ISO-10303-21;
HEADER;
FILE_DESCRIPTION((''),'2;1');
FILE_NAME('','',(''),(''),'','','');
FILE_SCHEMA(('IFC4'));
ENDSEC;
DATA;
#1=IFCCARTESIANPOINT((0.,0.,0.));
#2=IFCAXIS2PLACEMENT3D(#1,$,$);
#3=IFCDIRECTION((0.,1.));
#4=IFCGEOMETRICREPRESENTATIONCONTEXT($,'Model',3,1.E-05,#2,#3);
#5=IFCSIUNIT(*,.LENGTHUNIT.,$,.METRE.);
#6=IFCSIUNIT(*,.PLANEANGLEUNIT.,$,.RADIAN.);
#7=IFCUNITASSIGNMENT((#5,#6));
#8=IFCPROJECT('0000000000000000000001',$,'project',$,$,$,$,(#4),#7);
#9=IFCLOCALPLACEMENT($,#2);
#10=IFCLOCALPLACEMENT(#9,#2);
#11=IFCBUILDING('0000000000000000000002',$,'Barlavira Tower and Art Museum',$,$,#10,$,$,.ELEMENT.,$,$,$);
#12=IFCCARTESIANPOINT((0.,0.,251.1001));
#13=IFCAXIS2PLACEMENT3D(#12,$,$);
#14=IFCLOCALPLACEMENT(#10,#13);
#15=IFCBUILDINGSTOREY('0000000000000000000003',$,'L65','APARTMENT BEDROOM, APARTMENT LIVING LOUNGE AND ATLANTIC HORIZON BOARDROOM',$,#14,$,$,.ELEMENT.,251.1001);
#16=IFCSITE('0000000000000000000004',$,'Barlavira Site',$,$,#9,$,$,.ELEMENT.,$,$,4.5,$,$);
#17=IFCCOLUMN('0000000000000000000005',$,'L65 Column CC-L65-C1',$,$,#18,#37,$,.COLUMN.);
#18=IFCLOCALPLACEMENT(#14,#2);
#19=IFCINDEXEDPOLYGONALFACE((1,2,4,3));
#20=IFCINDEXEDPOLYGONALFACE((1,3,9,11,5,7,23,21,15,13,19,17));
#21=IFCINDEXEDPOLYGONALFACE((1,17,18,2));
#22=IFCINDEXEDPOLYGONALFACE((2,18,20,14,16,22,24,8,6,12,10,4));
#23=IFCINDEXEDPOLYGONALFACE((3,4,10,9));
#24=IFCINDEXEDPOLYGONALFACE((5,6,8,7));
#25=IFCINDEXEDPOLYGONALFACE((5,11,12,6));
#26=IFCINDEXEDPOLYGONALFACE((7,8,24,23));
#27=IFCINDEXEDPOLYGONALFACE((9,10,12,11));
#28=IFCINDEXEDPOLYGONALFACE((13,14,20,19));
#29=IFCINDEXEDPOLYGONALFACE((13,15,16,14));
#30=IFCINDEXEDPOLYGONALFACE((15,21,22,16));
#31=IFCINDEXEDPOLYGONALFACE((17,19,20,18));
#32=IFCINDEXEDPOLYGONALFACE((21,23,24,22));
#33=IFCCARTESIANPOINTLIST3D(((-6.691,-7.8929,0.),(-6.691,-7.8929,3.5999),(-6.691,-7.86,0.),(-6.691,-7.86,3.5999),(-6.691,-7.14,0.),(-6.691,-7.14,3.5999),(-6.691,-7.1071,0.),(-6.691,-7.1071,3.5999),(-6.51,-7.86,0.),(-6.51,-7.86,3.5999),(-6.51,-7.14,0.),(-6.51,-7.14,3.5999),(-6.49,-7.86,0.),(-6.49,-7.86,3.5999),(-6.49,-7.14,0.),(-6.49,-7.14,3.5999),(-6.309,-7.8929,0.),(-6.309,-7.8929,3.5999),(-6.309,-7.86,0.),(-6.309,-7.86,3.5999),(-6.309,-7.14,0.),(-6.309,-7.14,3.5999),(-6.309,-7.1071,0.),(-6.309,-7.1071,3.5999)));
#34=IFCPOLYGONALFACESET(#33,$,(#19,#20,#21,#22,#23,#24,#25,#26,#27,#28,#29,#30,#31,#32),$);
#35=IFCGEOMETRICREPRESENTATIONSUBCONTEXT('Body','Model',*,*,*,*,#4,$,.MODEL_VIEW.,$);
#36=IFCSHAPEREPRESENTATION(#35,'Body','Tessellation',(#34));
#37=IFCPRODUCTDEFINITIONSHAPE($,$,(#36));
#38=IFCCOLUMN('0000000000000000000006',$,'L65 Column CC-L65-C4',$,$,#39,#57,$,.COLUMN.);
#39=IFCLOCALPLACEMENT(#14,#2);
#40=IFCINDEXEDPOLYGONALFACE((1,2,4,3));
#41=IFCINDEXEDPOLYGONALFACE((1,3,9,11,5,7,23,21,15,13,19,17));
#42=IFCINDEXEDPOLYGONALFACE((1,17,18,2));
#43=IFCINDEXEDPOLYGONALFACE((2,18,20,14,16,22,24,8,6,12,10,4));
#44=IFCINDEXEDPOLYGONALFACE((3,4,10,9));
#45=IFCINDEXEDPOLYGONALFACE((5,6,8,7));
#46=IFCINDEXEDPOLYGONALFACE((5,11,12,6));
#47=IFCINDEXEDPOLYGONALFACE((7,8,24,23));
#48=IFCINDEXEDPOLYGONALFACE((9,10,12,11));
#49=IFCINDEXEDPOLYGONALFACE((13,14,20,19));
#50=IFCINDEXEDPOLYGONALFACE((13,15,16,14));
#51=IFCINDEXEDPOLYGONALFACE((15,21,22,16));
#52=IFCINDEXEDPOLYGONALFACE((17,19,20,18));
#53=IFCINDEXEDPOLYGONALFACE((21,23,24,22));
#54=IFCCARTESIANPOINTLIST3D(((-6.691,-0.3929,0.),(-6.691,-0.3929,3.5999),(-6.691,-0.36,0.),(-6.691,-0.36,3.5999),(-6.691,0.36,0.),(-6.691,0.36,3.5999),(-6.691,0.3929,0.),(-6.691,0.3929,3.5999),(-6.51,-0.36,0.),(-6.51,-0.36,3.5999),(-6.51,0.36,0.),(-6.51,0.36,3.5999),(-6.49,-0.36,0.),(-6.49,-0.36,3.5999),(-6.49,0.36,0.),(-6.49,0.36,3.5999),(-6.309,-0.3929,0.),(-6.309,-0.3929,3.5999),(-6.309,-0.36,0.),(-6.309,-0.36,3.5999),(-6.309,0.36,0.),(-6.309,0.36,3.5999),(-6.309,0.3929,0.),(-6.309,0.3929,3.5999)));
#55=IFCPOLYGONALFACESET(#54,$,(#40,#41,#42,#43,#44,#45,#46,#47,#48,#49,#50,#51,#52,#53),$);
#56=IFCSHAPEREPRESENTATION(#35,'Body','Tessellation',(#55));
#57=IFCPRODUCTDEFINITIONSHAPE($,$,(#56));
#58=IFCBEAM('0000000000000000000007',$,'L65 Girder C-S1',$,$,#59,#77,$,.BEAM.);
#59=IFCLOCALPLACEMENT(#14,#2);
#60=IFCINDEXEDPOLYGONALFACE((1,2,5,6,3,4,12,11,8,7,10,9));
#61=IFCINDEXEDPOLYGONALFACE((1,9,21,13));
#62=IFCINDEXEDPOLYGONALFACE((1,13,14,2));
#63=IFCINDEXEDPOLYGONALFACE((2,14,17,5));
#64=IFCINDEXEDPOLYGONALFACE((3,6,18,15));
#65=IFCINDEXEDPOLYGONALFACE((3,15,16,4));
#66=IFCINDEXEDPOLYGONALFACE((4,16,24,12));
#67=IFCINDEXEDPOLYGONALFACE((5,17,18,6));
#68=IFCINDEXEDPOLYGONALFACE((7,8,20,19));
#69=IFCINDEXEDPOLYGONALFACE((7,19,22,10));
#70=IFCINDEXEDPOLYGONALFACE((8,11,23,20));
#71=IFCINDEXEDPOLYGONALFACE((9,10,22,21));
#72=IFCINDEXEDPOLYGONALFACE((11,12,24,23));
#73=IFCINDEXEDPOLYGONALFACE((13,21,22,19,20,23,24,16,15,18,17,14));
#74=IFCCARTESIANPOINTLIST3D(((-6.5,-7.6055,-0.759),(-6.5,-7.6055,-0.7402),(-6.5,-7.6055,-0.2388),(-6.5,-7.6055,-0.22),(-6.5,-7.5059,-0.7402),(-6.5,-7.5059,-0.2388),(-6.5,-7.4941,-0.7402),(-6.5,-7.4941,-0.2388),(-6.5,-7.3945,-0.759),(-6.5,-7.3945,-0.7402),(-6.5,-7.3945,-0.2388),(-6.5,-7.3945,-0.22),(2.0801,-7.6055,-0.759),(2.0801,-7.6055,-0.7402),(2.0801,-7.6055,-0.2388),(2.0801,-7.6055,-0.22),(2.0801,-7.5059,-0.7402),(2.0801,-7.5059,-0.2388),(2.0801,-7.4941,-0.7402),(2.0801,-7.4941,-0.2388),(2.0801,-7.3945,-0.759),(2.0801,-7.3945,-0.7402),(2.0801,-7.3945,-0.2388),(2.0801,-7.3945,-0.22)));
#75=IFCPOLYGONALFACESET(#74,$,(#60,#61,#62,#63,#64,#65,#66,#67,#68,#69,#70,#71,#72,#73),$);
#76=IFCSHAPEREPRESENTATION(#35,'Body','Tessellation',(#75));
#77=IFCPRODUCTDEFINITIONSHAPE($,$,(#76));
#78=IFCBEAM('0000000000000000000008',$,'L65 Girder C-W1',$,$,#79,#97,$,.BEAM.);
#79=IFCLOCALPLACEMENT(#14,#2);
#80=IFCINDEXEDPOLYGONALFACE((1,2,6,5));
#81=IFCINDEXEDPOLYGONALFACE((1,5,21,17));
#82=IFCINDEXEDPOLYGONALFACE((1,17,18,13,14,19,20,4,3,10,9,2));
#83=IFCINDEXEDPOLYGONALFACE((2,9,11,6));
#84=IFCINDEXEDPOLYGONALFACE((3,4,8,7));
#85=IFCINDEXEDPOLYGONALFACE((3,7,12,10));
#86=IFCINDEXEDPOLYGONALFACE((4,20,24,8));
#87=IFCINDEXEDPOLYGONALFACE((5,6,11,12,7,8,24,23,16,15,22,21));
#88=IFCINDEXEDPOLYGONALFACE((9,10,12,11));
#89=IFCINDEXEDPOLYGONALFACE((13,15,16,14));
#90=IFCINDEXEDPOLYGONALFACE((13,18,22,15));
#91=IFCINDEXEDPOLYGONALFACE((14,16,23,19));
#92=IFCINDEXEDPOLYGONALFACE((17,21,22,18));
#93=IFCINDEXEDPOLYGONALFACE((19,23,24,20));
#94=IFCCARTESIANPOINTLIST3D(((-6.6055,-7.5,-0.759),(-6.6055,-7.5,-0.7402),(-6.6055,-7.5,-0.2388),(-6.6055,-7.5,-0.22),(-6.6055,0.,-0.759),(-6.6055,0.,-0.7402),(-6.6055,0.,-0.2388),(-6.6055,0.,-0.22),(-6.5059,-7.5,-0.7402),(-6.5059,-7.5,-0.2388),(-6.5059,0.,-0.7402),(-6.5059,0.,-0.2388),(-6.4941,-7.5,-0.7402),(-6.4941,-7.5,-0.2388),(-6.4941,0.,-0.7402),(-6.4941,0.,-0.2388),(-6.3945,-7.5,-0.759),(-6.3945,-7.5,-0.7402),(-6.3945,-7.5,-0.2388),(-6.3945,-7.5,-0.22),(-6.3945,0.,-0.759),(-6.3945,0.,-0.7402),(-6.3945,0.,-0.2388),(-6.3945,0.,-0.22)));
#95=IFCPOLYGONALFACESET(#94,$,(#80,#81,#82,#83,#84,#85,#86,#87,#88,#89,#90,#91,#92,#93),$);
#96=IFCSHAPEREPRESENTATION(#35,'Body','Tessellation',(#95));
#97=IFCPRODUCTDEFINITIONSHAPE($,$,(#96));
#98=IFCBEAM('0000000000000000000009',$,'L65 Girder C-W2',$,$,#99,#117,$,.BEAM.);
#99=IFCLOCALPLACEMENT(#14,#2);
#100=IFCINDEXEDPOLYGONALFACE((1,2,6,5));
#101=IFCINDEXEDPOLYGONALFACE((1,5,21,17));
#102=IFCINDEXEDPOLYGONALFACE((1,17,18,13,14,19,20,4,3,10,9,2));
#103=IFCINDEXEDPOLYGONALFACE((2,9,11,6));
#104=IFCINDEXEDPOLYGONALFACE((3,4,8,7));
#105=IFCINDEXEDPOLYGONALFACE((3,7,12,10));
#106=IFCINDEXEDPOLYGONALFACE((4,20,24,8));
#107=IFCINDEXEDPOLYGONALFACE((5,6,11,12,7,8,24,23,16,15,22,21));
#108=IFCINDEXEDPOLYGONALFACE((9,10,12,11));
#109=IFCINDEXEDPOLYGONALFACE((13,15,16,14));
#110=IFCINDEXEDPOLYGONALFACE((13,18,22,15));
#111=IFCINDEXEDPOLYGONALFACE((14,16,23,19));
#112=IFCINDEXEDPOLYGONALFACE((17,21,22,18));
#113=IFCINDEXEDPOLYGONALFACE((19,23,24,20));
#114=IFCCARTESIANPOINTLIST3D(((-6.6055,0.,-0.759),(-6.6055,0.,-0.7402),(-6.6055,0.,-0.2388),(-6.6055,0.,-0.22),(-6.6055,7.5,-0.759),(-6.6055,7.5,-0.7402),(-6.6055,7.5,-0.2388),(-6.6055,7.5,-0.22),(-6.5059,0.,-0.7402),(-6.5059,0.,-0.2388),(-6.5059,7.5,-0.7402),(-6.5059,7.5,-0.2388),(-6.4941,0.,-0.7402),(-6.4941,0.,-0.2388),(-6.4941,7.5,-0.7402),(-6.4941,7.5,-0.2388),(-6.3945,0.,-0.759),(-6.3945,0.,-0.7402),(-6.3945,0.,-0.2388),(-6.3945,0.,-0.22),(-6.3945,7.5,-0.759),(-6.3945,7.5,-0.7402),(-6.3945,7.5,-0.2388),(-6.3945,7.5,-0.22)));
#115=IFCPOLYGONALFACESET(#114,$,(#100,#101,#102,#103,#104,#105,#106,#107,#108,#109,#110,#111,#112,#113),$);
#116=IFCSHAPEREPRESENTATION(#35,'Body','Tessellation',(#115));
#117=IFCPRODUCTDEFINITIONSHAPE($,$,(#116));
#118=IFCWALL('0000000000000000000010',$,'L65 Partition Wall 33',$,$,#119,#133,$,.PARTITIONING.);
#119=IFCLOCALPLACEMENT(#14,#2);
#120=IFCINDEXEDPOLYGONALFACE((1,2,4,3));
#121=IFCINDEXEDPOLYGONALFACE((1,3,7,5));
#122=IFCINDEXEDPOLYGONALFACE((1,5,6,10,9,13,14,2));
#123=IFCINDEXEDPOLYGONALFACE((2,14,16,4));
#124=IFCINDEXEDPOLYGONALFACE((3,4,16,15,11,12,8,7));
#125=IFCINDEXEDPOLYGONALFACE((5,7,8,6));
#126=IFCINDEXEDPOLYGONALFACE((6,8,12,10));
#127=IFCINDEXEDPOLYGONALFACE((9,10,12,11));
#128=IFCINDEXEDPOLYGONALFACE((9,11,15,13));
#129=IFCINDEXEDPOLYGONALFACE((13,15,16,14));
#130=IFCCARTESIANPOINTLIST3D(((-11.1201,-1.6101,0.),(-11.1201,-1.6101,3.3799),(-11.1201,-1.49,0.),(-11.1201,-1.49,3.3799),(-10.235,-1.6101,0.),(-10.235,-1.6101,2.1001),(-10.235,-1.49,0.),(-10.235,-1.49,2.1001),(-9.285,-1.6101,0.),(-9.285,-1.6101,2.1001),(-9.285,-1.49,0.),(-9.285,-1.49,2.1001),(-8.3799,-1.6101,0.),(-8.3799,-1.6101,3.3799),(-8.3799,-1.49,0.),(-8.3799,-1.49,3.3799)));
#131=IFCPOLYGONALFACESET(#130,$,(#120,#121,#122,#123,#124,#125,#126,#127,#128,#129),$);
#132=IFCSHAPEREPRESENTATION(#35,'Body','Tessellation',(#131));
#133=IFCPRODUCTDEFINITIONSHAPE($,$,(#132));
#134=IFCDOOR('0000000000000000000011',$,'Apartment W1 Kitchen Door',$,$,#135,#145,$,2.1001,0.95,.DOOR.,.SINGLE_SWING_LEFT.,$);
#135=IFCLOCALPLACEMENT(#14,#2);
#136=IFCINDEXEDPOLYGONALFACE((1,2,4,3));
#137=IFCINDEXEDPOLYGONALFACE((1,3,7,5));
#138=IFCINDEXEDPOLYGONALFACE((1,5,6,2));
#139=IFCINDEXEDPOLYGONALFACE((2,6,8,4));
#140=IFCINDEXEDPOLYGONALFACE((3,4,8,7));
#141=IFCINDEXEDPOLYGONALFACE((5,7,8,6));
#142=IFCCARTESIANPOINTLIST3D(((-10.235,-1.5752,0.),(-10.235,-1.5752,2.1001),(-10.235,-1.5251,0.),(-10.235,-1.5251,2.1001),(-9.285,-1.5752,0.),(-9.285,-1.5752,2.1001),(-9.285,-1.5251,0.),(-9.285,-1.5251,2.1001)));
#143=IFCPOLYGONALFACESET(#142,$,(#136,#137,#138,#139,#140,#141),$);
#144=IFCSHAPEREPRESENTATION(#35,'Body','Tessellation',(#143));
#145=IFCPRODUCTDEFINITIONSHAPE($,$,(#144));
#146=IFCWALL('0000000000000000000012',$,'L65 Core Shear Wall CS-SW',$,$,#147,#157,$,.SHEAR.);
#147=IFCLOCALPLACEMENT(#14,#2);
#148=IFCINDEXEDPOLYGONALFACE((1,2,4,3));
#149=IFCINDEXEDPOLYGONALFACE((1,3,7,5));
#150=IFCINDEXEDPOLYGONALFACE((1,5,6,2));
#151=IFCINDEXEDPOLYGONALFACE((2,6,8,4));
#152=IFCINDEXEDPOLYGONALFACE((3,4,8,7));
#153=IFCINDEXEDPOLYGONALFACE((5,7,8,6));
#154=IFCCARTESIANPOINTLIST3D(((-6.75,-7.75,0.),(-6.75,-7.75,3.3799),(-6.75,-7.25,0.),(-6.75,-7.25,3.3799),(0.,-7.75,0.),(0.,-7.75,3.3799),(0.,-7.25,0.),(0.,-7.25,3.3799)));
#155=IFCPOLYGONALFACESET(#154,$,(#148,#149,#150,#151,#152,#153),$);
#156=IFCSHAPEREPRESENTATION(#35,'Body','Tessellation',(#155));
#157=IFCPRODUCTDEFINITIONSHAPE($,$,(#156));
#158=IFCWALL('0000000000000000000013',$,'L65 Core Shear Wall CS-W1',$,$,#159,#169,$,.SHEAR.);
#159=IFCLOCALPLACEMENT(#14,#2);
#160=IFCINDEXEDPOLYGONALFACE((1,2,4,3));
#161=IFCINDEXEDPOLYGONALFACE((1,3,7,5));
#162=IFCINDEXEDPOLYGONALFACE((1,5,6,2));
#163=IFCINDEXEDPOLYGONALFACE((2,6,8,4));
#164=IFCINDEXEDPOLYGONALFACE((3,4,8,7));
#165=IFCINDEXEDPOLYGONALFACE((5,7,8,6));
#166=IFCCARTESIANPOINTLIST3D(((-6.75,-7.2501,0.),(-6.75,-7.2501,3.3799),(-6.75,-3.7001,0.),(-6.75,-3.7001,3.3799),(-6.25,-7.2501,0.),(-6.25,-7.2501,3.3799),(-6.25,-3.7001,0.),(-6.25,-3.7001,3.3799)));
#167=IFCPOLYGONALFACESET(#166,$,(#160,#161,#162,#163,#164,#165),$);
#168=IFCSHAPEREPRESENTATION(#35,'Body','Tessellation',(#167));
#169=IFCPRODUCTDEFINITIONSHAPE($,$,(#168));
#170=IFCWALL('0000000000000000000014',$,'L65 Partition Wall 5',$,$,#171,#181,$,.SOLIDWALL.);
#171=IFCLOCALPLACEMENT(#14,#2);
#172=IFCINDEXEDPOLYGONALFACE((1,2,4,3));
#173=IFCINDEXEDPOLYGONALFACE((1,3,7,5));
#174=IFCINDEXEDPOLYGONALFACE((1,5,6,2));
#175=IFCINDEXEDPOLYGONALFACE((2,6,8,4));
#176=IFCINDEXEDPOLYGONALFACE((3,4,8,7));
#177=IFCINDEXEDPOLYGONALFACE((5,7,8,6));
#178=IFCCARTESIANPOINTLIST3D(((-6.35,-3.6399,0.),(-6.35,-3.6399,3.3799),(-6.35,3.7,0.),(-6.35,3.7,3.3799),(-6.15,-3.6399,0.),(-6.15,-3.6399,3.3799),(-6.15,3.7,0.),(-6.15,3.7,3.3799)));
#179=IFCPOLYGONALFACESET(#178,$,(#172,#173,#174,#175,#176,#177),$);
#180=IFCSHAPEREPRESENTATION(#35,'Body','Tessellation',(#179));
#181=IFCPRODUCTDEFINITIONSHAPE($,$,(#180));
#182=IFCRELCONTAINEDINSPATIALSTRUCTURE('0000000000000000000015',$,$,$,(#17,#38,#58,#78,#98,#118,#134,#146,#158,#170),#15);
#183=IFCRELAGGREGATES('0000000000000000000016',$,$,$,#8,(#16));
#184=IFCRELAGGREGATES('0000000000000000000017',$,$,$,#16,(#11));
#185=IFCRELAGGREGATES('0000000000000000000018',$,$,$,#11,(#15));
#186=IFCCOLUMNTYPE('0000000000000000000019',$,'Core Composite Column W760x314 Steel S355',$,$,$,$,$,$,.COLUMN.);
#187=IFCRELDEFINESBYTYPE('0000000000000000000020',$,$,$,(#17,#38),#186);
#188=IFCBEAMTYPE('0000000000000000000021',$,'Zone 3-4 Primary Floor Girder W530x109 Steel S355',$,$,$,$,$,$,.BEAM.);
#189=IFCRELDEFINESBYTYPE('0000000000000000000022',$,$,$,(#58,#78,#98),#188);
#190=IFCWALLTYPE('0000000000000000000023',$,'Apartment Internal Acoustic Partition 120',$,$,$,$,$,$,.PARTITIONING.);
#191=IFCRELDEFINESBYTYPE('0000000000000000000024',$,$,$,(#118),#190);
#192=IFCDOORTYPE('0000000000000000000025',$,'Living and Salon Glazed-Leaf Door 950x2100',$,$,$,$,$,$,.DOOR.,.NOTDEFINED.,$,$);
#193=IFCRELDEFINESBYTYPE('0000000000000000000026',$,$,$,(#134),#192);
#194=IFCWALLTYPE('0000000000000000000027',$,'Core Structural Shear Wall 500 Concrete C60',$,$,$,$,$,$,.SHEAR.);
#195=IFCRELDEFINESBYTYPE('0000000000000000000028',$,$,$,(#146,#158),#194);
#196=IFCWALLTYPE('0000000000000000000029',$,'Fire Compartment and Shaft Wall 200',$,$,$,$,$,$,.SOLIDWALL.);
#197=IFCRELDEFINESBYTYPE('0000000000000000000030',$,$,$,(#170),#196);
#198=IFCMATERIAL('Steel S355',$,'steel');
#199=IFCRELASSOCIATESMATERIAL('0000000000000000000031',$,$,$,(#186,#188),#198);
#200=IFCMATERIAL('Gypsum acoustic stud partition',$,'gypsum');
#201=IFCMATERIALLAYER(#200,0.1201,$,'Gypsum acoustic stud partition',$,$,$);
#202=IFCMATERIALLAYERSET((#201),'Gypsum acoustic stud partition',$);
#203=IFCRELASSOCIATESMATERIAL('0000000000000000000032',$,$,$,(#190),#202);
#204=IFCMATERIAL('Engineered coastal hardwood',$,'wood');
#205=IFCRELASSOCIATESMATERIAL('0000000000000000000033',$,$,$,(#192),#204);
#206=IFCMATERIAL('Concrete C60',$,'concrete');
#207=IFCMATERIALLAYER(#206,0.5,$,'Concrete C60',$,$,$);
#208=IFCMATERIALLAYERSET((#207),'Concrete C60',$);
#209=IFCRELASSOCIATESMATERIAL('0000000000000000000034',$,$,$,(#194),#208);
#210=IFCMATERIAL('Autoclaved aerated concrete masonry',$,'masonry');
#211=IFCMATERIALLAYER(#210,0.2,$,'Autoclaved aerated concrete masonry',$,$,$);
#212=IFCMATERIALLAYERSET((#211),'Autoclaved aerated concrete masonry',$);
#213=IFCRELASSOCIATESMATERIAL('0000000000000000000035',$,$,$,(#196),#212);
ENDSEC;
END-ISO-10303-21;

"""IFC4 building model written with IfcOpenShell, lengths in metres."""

from ifc_helpers import new_model, si_unit, direction, frame, frame_2d, origin, origin_2d, place, context, subcontext, project, spatial, rectangle, i_section, extrude, material, layer, layer_set, material_profile, profile_set, type_object, element, fill, save


model = new_model("IFC4")

# Units and contexts
model_context = context("Model", 3, precision=1e-05, world=origin(), true_north=direction((0.0, 1.0)))
body_context = subcontext(model_context, "Body", "Model", "MODEL_VIEW")
ifc_project = project(units=[si_unit("LENGTHUNIT", "METRE"), si_unit("PLANEANGLEUNIT", "RADIAN")], contexts=[model_context])

# Site, building, storey
site_placement = place(None, origin())
site = spatial("IfcSite", under=ifc_project, at=site_placement, Name="Barlavira Site", CompositionType="ELEMENT", RefElevation=4.5)
building_placement = place(site_placement, origin())
building = spatial("IfcBuilding", under=site, at=building_placement, Name="Barlavira Tower and Art Museum", CompositionType="ELEMENT")
storey_placement = place(building_placement, frame((0.0, 0.0, 251.1001)))
storey = spatial("IfcBuildingStorey", under=building, at=storey_placement, Name="L65", Description="APARTMENT BEDROOM, APARTMENT LIVING LOUNGE AND ATLANTIC HORIZON BOARDROOM", CompositionType="ELEMENT", Elevation=251.1001)

# Columns
ifc_material_1 = material(Name="Steel S355", Category="steel")
ifc_material_profile_1 = material_profile(ifc_material_1, i_section(OverallWidth=0.3821, OverallDepth=0.7859, WebThickness=0.02, FlangeThickness=0.033, at=origin_2d()), Name="W760x314.0")
ifc_profile_set_1 = profile_set([ifc_material_profile_1], Name="Steel S355")
column_type = type_object("IfcColumnType", Name="Core Composite Column W760x314 Steel S355", PredefinedType="COLUMN", material=ifc_profile_set_1)
for number, where, z_axis, x_axis, name in (
    (1, (-6.5, -7.5, 0.0), (0.0, 0.0, 1.0), (1.0, 0.0, 0.0), "L65 Column CC-L65-C1"),
    (2, (-6.5, 0.0, 0.0), (0.0, 0.0, 1.0), (1.0, 0.0, 0.0), "L65 Column CC-L65-C4"),
):
    element("IfcColumn", number, at=place(storey_placement, frame(where, z_axis=z_axis, x_axis=x_axis)), inside=storey, type_object=column_type, Name=name, PredefinedType="COLUMN", context=body_context, shape_type="SweptSolid", body=[
        extrude(i_section(OverallWidth=0.3821, OverallDepth=0.7859, WebThickness=0.02, FlangeThickness=0.033, at=origin_2d()), origin(), (0.0, 0.0, 1.0), 3.5999),
    ])

# Beams
ifc_material_profile_2 = material_profile(ifc_material_1, i_section(OverallWidth=0.2109, OverallDepth=0.5391, WebThickness=0.0117, FlangeThickness=0.0188, at=origin_2d()), Name="W530x109.0")
ifc_profile_set_2 = profile_set([ifc_material_profile_2], Name="Steel S355")
beam_type = type_object("IfcBeamType", Name="Zone 3-4 Primary Floor Girder W530x109 Steel S355", PredefinedType="BEAM", material=ifc_profile_set_2)
beam_placement = place(storey_placement, frame((-6.5, -7.5, -0.4895), z_axis=(1.0, 0.0, 0.0), x_axis=(0.0, 1.0, 0.0)))
element("IfcBeam", 3, at=beam_placement, inside=storey, type_object=beam_type, Name="L65 Girder C-S1", PredefinedType="BEAM", context=body_context, shape_type="SweptSolid", body=[
    extrude(i_section(OverallWidth=0.2109, OverallDepth=0.5391, WebThickness=0.0117, FlangeThickness=0.0188, at=origin_2d()), origin(), (0.0, 0.0, 1.0), 8.5801),
])
for number, where, z_axis, x_axis, name in (
    (4, (-6.5, -7.5, -0.4895), (0.0, 1.0, 0.0), (-1.0, 0.0, 0.0), "L65 Girder C-W1"),
    (5, (-6.5, 0.0, -0.4895), (0.0, 1.0, 0.0), (-1.0, 0.0, 0.0), "L65 Girder C-W2"),
):
    element("IfcBeam", number, at=place(storey_placement, frame(where, z_axis=z_axis, x_axis=x_axis)), inside=storey, type_object=beam_type, Name=name, PredefinedType="BEAM", context=body_context, shape_type="SweptSolid", body=[
        extrude(i_section(OverallWidth=0.2109, OverallDepth=0.5391, WebThickness=0.0117, FlangeThickness=0.0188, at=origin_2d()), origin(), (0.0, 0.0, 1.0), 7.5),
    ])

# Wall, opening, door
ifc_material_2 = material(Name="Gypsum acoustic stud partition", Category="gypsum")
ifc_layer_1 = layer(ifc_material_2, 0.1201, Name="Gypsum acoustic stud partition")
ifc_layer_set_1 = layer_set([ifc_layer_1], Name="Gypsum acoustic stud partition")
wall_type_1 = type_object("IfcWallType", Name="Apartment Internal Acoustic Partition 120", PredefinedType="PARTITIONING", material=ifc_layer_set_1)
wall_1_placement = place(storey_placement, frame((-11.1201, -1.55, 0.0), z_axis=(0.0, 0.0, 1.0), x_axis=(1.0, 0.0, 0.0)))
wall_1 = element("IfcWall", 6, at=wall_1_placement, inside=storey, type_object=wall_type_1, Name="L65 Partition Wall 33", PredefinedType="PARTITIONING", context=body_context, shape_type="SweptSolid", body=[
    extrude(rectangle(XDim=2.7402, YDim=0.1201, at=frame_2d((1.3701, 0.0))), origin(), (0.0, 0.0, 1.0), 3.3799),
])
opening_1_placement = place(wall_1_placement, frame((0.885, 0.0, 0.0)))
opening_1 = element("IfcOpeningElement", 7, at=opening_1_placement, cuts=wall_1, PredefinedType="OPENING", context=body_context, shape_type="SweptSolid", body=[
    extrude(rectangle(XDim=0.95, YDim=2.1001, at=frame_2d((0.4751, 1.05))), frame((0.0, 0.0701, 0.0), z_axis=(0.0, -1.0, 0.0), x_axis=(1.0, 0.0, 0.0)), (0.0, 0.0, 1.0), 0.1401),
])
ifc_material_3 = material(Name="Engineered coastal hardwood", Category="wood")
door_type_1 = type_object("IfcDoorType", Name="Living and Salon Glazed-Leaf Door 950x2100", OperationType="NOTDEFINED", PredefinedType="DOOR", material=ifc_material_3)
door_1_placement = place(opening_1_placement, origin())
door_1 = element("IfcDoor", 8, at=door_1_placement, inside=storey, type_object=door_type_1, Name="Apartment W1 Kitchen Door", OperationType="SINGLE_SWING_LEFT", OverallHeight=2.1001, OverallWidth=0.95, PredefinedType="DOOR", context=body_context, shape_type="SweptSolid", body=[
    extrude(rectangle(XDim=0.95, YDim=2.1001, at=frame_2d((0.4751, 1.05))), frame((0.0, 0.0249, 0.0), z_axis=(0.0, -1.0, 0.0), x_axis=(1.0, 0.0, 0.0)), (0.0, 0.0, 1.0), 0.05),
])
fill(opening_1, door_1)

# Walls
ifc_material_4 = material(Name="Concrete C60", Category="concrete")
ifc_layer_2 = layer(ifc_material_4, 0.5, Name="Concrete C60")
ifc_layer_set_2 = layer_set([ifc_layer_2], Name="Concrete C60")
wall_type_2 = type_object("IfcWallType", Name="Core Structural Shear Wall 500 Concrete C60", PredefinedType="SHEAR", material=ifc_layer_set_2)
wall_2_placement = place(storey_placement, frame((-6.75, -7.5, 0.0), z_axis=(0.0, 0.0, 1.0), x_axis=(1.0, 0.0, 0.0)))
element("IfcWall", 9, at=wall_2_placement, inside=storey, type_object=wall_type_2, Name="L65 Core Shear Wall CS-SW", PredefinedType="SHEAR", context=body_context, shape_type="SweptSolid", body=[
    extrude(rectangle(XDim=6.75, YDim=0.5, at=frame_2d((3.375, 0.0))), origin(), (0.0, 0.0, 1.0), 3.3799),
])
wall_3_placement = place(storey_placement, frame((-6.5, -7.25, 0.0), z_axis=(0.0, 0.0, 1.0), x_axis=(0.0, 1.0, 0.0)))
element("IfcWall", 10, at=wall_3_placement, inside=storey, type_object=wall_type_2, Name="L65 Core Shear Wall CS-W1", PredefinedType="SHEAR", context=body_context, shape_type="SweptSolid", body=[
    extrude(rectangle(XDim=3.55, YDim=0.5, at=frame_2d((1.7749, 0.0))), origin(), (0.0, 0.0, 1.0), 3.3799),
])
ifc_material_5 = material(Name="Autoclaved aerated concrete masonry", Category="masonry")
ifc_layer_3 = layer(ifc_material_5, 0.2, Name="Autoclaved aerated concrete masonry")
ifc_layer_set_3 = layer_set([ifc_layer_3], Name="Autoclaved aerated concrete masonry")
wall_type_3 = type_object("IfcWallType", Name="Fire Compartment and Shaft Wall 200", PredefinedType="SOLIDWALL", material=ifc_layer_set_3)
wall_4_placement = place(storey_placement, frame((-6.25, -3.6399, 0.0), z_axis=(0.0, 0.0, 1.0), x_axis=(0.0, 1.0, 0.0)))
element("IfcWall", 11, at=wall_4_placement, inside=storey, type_object=wall_type_3, Name="L65 Partition Wall 5", PredefinedType="SOLIDWALL", context=body_context, shape_type="SweptSolid", body=[
    extrude(rectangle(XDim=7.3398, YDim=0.2, at=frame_2d((3.6699, 0.0))), origin(), (0.0, 0.0, 1.0), 3.3799),
])

save(model, "model.ifc")
